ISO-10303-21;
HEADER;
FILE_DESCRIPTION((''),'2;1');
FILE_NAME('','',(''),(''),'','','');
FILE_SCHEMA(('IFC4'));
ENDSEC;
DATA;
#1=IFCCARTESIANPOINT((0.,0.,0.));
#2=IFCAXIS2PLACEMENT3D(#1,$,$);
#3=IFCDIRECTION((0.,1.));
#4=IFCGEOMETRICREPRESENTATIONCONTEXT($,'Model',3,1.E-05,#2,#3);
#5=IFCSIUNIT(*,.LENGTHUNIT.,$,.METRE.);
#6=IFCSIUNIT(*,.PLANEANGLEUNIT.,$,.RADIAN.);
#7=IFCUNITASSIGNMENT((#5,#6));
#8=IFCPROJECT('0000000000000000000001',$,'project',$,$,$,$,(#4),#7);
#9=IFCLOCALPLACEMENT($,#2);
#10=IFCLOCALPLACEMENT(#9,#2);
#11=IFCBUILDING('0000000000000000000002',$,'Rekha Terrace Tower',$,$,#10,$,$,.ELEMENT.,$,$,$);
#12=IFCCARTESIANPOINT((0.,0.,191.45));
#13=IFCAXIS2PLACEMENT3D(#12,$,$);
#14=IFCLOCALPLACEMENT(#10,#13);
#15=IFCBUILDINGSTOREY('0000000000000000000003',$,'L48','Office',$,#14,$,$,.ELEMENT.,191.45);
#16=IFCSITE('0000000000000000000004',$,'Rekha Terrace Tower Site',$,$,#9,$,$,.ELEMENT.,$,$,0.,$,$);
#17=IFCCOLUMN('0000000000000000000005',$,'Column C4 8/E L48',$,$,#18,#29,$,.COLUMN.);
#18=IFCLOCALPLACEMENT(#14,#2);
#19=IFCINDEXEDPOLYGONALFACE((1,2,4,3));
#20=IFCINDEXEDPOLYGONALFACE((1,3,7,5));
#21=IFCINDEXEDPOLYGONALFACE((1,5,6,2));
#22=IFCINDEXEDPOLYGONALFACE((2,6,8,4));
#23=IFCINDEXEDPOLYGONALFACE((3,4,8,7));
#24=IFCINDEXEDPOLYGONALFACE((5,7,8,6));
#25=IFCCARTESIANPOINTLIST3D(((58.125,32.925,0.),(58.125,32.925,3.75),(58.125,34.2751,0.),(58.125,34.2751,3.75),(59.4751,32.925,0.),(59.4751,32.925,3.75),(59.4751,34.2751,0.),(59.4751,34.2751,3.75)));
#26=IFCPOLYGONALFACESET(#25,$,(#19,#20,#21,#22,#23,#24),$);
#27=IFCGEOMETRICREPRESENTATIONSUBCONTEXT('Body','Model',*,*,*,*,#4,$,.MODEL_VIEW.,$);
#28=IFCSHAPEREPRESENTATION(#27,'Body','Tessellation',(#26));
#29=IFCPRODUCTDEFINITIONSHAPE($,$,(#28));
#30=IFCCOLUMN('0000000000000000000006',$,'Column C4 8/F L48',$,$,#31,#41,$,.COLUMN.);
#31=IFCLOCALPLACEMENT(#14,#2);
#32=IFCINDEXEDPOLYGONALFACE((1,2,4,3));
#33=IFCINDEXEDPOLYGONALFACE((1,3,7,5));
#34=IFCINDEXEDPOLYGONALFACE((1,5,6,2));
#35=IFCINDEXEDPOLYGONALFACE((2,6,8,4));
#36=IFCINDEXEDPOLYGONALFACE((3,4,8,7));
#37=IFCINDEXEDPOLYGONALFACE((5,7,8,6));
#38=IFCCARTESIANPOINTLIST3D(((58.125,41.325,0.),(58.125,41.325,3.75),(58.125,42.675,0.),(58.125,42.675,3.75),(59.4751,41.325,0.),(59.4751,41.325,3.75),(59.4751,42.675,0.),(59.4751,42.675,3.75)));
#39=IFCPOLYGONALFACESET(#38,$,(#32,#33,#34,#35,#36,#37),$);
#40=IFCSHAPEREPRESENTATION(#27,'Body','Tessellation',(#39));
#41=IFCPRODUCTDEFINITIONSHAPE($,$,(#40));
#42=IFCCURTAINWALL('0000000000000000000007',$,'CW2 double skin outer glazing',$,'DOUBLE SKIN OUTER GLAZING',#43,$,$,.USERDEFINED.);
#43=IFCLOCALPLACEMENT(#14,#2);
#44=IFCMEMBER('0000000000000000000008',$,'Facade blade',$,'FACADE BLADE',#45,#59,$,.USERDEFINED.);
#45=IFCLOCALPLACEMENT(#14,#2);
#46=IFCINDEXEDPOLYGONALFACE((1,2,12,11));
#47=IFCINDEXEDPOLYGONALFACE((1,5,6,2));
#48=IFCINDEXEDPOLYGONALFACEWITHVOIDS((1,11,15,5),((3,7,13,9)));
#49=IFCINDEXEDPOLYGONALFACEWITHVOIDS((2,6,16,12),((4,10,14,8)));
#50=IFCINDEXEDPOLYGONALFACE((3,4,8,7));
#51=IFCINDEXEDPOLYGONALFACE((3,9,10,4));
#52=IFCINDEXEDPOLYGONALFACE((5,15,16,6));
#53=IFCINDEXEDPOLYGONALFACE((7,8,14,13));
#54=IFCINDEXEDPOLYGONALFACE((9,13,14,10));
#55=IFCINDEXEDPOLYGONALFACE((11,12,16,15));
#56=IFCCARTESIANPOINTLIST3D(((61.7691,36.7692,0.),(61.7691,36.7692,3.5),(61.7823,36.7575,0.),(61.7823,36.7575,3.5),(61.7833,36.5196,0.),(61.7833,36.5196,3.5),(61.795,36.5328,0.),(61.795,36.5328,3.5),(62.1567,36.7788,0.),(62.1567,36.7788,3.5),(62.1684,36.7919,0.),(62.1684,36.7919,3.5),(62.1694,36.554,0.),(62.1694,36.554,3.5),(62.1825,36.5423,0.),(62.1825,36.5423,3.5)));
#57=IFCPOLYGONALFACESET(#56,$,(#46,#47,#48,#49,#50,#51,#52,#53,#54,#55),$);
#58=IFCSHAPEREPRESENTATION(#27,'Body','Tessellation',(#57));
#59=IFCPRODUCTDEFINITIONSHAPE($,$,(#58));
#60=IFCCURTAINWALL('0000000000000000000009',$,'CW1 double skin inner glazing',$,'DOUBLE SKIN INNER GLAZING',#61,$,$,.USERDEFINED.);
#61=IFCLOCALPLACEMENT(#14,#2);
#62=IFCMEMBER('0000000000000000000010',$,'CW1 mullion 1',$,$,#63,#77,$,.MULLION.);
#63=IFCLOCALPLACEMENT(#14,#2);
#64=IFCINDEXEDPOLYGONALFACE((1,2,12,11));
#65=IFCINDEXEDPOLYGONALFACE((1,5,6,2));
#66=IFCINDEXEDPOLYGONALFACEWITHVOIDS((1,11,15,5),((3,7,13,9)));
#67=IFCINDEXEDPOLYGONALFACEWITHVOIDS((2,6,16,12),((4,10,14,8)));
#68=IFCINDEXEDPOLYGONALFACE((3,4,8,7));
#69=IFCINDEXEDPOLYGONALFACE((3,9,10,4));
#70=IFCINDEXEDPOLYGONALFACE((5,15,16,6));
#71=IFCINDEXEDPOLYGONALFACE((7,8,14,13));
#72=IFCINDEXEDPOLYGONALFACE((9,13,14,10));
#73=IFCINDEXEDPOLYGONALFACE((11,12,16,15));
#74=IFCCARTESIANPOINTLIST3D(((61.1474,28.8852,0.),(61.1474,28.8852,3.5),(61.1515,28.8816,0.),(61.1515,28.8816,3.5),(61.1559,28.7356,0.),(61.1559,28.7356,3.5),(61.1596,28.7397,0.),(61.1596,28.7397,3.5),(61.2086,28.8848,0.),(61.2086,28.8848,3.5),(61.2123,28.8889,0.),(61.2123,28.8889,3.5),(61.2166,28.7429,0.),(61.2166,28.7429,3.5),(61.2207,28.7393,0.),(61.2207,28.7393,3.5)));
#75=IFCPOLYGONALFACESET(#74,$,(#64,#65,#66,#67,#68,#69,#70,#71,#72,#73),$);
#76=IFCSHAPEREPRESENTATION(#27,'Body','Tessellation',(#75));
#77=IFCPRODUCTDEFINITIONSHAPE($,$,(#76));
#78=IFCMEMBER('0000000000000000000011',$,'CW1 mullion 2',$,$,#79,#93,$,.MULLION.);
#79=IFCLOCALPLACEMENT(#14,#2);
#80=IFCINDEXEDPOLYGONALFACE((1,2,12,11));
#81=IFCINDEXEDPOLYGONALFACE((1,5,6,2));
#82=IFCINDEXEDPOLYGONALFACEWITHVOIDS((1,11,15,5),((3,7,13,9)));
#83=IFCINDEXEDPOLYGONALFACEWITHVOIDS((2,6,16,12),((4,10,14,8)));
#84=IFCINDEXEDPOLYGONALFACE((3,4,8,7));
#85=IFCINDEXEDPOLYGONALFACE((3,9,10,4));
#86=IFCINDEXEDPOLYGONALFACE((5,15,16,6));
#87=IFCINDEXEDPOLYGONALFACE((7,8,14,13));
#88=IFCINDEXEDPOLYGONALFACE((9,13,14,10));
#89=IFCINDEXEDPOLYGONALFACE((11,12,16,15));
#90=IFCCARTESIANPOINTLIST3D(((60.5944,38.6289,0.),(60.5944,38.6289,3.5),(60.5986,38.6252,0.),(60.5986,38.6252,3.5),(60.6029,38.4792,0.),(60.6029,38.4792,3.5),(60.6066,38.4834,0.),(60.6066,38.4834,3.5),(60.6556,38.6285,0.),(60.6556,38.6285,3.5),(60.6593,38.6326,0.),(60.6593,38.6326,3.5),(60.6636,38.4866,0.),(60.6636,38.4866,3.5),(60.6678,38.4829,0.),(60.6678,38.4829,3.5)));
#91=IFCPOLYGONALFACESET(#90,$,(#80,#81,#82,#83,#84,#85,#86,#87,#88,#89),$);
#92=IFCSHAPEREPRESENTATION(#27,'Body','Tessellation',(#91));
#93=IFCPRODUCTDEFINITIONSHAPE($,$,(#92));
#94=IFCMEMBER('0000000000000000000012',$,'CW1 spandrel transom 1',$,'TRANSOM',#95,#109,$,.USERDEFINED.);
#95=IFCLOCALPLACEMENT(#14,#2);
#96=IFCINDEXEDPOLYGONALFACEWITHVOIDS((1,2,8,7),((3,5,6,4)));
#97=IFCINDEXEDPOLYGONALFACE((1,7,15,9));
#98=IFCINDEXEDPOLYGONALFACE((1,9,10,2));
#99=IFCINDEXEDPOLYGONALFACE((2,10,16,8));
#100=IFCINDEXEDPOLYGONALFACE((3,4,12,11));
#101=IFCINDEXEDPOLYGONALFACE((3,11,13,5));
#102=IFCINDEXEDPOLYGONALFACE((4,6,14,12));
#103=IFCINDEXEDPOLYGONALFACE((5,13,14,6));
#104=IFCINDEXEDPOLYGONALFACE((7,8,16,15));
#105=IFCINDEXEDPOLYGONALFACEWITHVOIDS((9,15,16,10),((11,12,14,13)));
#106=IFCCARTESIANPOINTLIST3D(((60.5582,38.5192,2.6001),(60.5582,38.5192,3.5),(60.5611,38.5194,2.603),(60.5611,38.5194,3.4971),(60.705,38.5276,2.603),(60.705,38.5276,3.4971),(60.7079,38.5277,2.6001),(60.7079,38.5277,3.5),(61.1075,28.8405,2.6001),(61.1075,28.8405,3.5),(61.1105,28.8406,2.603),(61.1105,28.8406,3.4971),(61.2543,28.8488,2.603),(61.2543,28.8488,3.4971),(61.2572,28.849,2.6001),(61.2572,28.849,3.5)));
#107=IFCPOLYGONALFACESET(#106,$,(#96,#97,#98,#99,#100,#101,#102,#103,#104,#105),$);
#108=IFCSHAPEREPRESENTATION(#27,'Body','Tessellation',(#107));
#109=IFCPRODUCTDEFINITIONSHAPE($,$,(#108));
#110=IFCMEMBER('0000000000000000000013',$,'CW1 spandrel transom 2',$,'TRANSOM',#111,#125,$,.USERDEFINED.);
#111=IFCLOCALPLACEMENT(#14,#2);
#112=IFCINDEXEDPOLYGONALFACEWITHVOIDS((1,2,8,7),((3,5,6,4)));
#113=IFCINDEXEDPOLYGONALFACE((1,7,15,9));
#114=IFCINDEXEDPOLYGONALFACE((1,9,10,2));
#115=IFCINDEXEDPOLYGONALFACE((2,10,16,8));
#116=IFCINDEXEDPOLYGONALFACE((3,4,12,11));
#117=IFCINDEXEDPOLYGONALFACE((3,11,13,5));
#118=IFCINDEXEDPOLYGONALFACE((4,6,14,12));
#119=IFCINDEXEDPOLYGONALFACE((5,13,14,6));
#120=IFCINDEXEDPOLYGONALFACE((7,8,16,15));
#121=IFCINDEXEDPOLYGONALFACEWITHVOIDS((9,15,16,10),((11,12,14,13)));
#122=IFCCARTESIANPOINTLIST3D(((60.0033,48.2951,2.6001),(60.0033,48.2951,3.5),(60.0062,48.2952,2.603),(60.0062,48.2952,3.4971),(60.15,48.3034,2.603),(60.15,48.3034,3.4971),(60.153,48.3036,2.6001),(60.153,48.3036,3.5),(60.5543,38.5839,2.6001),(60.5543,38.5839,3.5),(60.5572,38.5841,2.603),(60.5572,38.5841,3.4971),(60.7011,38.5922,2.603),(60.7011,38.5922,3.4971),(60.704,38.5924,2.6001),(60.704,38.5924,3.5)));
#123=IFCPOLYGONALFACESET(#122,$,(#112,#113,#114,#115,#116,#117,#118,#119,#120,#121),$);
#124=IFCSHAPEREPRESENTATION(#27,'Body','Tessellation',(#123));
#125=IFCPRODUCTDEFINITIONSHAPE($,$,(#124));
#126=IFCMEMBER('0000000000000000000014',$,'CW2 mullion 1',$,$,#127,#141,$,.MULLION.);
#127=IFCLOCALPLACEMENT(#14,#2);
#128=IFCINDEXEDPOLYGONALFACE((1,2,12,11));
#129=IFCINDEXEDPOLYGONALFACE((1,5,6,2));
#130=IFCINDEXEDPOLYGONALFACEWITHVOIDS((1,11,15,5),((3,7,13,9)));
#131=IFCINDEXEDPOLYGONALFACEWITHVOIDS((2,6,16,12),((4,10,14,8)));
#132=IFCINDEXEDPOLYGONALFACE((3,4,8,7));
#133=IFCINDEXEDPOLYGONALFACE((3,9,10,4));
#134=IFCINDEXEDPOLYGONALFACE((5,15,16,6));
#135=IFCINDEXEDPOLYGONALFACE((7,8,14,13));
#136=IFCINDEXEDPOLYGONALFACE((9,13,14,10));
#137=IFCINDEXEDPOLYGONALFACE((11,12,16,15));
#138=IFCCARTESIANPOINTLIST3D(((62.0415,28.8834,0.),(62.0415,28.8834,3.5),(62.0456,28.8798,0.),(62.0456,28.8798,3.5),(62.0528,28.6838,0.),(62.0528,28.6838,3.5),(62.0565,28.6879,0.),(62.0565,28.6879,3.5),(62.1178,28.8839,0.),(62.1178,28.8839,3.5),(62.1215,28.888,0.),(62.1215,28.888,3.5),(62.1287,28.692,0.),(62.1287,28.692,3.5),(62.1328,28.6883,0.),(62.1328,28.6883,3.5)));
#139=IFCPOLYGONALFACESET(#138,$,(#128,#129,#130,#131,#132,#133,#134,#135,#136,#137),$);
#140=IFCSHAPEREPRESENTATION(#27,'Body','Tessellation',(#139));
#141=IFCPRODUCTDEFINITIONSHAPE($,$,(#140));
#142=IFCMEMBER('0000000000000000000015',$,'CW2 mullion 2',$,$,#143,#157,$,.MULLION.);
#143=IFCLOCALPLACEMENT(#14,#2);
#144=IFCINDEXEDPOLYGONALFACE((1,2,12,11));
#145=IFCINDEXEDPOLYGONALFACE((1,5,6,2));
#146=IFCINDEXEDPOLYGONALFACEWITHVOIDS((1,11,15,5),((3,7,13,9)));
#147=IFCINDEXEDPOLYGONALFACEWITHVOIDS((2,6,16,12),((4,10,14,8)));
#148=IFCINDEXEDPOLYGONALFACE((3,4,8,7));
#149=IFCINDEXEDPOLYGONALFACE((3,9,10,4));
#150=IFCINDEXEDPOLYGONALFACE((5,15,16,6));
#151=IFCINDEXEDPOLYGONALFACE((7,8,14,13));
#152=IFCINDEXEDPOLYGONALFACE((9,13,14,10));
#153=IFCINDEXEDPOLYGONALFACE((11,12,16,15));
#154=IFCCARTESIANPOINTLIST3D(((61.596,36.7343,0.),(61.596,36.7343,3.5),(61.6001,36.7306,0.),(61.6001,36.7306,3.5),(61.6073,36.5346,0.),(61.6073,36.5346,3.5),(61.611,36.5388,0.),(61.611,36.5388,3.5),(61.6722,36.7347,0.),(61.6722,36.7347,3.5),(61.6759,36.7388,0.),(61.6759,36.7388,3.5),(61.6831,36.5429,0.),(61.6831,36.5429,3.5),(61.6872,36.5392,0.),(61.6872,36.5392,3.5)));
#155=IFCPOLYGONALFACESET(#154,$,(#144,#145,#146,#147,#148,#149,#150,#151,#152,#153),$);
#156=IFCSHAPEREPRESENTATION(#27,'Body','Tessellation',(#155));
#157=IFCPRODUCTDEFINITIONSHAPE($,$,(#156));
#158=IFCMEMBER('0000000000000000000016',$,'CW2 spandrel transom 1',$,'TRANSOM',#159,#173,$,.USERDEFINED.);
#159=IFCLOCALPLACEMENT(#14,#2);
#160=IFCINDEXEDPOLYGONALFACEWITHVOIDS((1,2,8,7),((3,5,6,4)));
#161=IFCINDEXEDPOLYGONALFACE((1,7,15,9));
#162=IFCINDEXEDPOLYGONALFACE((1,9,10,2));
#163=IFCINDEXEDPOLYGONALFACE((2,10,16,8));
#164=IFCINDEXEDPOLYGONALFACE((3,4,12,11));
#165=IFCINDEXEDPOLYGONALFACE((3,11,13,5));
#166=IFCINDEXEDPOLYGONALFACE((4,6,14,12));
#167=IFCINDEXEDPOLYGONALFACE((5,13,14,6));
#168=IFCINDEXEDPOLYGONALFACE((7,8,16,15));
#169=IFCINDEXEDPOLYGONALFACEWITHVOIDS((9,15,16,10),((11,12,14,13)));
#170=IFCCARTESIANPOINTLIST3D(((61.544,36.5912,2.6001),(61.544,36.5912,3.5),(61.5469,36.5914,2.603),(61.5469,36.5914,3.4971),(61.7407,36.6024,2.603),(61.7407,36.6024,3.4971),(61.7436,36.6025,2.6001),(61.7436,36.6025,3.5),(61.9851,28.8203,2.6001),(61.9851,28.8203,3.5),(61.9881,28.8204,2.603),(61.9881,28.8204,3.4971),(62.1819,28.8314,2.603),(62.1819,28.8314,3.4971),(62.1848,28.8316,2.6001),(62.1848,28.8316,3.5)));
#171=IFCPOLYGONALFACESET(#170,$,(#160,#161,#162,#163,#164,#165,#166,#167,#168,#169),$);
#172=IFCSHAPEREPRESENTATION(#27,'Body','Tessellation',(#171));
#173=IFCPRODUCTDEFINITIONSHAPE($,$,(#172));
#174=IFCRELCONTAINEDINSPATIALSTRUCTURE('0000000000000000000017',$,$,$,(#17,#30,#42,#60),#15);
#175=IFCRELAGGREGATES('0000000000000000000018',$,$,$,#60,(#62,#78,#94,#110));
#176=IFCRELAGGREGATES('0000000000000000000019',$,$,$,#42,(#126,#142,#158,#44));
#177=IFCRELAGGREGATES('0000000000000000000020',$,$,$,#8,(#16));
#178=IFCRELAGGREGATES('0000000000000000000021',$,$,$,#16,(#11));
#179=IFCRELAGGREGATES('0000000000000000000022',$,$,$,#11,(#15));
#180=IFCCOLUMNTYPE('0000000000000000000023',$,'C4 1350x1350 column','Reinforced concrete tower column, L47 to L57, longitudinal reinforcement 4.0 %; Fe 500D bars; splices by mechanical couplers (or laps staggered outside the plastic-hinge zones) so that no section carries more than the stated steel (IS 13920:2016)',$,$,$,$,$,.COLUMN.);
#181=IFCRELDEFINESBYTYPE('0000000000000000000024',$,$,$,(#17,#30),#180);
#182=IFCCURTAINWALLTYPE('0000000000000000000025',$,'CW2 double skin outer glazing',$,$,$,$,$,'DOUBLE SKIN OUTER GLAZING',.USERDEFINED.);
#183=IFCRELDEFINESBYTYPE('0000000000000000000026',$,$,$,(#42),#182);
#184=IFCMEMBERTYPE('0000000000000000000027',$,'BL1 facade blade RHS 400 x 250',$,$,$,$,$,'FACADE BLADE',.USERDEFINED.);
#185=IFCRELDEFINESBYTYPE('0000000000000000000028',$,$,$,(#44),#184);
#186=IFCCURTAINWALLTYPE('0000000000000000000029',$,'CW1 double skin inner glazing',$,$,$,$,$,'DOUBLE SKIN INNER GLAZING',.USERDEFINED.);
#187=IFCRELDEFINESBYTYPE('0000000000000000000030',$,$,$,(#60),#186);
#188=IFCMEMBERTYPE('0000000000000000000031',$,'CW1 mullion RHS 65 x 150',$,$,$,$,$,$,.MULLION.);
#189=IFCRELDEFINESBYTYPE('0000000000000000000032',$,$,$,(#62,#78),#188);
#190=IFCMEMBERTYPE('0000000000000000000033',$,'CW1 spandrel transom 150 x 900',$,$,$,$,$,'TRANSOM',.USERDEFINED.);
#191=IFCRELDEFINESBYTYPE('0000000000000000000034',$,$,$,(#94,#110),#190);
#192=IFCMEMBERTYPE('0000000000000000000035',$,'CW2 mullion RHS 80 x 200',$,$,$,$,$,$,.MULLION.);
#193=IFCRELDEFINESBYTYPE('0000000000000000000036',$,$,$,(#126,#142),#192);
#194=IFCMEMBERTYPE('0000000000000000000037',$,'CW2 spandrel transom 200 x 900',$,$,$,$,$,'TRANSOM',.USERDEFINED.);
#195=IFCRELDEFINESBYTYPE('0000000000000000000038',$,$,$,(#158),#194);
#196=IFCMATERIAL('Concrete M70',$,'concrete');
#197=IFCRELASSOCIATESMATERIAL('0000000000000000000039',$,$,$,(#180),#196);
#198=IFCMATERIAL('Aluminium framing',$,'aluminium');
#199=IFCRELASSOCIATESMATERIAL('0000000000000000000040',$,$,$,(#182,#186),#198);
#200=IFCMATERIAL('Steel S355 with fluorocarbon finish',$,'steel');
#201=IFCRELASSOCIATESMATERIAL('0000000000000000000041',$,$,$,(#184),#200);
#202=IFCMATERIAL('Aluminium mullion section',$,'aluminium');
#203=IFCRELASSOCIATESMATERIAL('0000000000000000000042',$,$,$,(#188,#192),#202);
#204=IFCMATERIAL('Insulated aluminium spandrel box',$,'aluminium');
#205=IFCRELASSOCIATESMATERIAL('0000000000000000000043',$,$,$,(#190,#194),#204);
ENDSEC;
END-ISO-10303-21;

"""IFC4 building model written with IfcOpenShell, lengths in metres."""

from ifc_helpers import new_model, si_unit, direction, frame, origin, origin_2d, place, context, subcontext, project, spatial, rectangle, hollow_rectangle, extrude, material, material_profile, profile_set, type_object, element, aggregate, save


model = new_model("IFC4")

# Units and contexts
model_context = context("Model", 3, precision=1e-05, world=origin(), true_north=direction((0.0, 1.0)))
body_context = subcontext(model_context, "Body", "Model", "MODEL_VIEW")
ifc_project = project(units=[si_unit("LENGTHUNIT", "METRE"), si_unit("PLANEANGLEUNIT", "RADIAN")], contexts=[model_context])

# Site, building, storey
site_placement = place(None, origin())
site = spatial("IfcSite", under=ifc_project, at=site_placement, Name="Rekha Terrace Tower Site", CompositionType="ELEMENT", RefElevation=0.0)
building_placement = place(site_placement, origin())
building = spatial("IfcBuilding", under=site, at=building_placement, Name="Rekha Terrace Tower", CompositionType="ELEMENT")
storey_placement = place(building_placement, frame((0.0, 0.0, 191.45)))
storey = spatial("IfcBuildingStorey", under=building, at=storey_placement, Name="L48", Description="Office", CompositionType="ELEMENT", Elevation=191.45)

# Columns
ifc_material_1 = material(Name="Concrete M70", Category="concrete")
ifc_material_profile_1 = material_profile(ifc_material_1, rectangle(XDim=1.3501, YDim=1.3501, at=origin_2d()), Name="RC 1350x1350")
ifc_profile_set_1 = profile_set([ifc_material_profile_1], Name="Concrete M70")
column_type = type_object("IfcColumnType", Name="C4 1350x1350 column", Description="Reinforced concrete tower column, L47 to L57, longitudinal reinforcement 4.0 %; Fe 500D bars; splices by mechanical couplers (or laps staggered outside the plastic-hinge zones) so that no section carries more than the stated steel (IS 13920:2016)", PredefinedType="COLUMN", material=ifc_profile_set_1)
for number, where, z_axis, x_axis, name in (
    (1, (58.8, 33.6001, 0.0), (0.0, 0.0, 1.0), (1.0, 0.0, 0.0), "Column C4 8/E L48"),
    (2, (58.8, 42.0, 0.0), (0.0, 0.0, 1.0), (1.0, 0.0, 0.0), "Column C4 8/F L48"),
):
    element("IfcColumn", number, at=place(storey_placement, frame(where, z_axis=z_axis, x_axis=x_axis)), inside=storey, type_object=column_type, Name=name, PredefinedType="COLUMN", context=body_context, shape_type="SweptSolid", body=[
        extrude(rectangle(XDim=1.3501, YDim=1.3501, at=origin_2d()), origin(), (0.0, 0.0, 1.0), 3.75),
    ])

# Curtain wall, member
ifc_material_2 = material(Name="Aluminium framing", Category="aluminium")
curtain_wall_type_1 = type_object("IfcCurtainWallType", Name="CW2 double skin outer glazing", ElementType="DOUBLE SKIN OUTER GLAZING", PredefinedType="USERDEFINED", material=ifc_material_2)
curtain_wall_1_placement = place(storey_placement, origin())
curtain_wall_1 = element("IfcCurtainWall", 3, at=curtain_wall_1_placement, inside=storey, type_object=curtain_wall_type_1, Name="CW2 double skin outer glazing", ObjectType="DOUBLE SKIN OUTER GLAZING", PredefinedType="USERDEFINED")
ifc_material_3 = material(Name="Steel S355 with fluorocarbon finish", Category="steel")
ifc_material_profile_2 = material_profile(ifc_material_3, hollow_rectangle(XDim=0.25, YDim=0.3999, WallThickness=0.0125, at=origin_2d()), Name="RHS400x250x12.5")
ifc_profile_set_2 = profile_set([ifc_material_profile_2], Name="Steel S355 with fluorocarbon finish")
member_type_1 = type_object("IfcMemberType", Name="BL1 facade blade RHS 400 x 250", ElementType="FACADE BLADE", PredefinedType="USERDEFINED", material=ifc_profile_set_2)
member_1_placement = place(storey_placement, frame((61.9758, 36.6558, 0.0), z_axis=(0.0, 0.0, 1.0), x_axis=(-0.056674, 0.998393, 0.0)))
member_1 = element("IfcMember", 4, at=member_1_placement, type_object=member_type_1, Name="Facade blade", ObjectType="FACADE BLADE", PredefinedType="USERDEFINED", context=body_context, shape_type="SweptSolid", body=[
    extrude(hollow_rectangle(XDim=0.25, YDim=0.3999, WallThickness=0.0125, at=origin_2d()), origin(), (0.0, 0.0, 1.0), 3.5),
])

# Curtain wall, members
curtain_wall_type_2 = type_object("IfcCurtainWallType", Name="CW1 double skin inner glazing", ElementType="DOUBLE SKIN INNER GLAZING", PredefinedType="USERDEFINED", material=ifc_material_2)
curtain_wall_2_placement = place(storey_placement, origin())
curtain_wall_2 = element("IfcCurtainWall", 5, at=curtain_wall_2_placement, inside=storey, type_object=curtain_wall_type_2, Name="CW1 double skin inner glazing", ObjectType="DOUBLE SKIN INNER GLAZING", PredefinedType="USERDEFINED")
ifc_material_4 = material(Name="Aluminium mullion section", Category="aluminium")
ifc_material_profile_3 = material_profile(ifc_material_4, hollow_rectangle(XDim=0.0649, YDim=0.1499, WallThickness=0.0039, at=origin_2d()), Name="AL RHS 65x150")
ifc_profile_set_3 = profile_set([ifc_material_profile_3], Name="Aluminium mullion section")
member_type_2 = type_object("IfcMemberType", Name="CW1 mullion RHS 65 x 150", PredefinedType="MULLION", material=ifc_profile_set_3)
member_2_placement = place(storey_placement, frame((61.1841, 28.8123, 0.0), z_axis=(0.0, 0.0, 1.0), x_axis=(-0.998393, -0.056673, 0.0)))
member_2 = element("IfcMember", 6, at=member_2_placement, type_object=member_type_2, Name="CW1 mullion 1", PredefinedType="MULLION", context=body_context, shape_type="SweptSolid", body=[
    extrude(hollow_rectangle(XDim=0.0649, YDim=0.1499, WallThickness=0.0039, at=origin_2d()), origin(), (0.0, 0.0, 1.0), 3.5),
])
member_3_placement = place(storey_placement, frame((60.6311, 38.5559, 0.0), z_axis=(0.0, 0.0, 1.0), x_axis=(-0.998393, -0.056673, 0.0)))
member_3 = element("IfcMember", 7, at=member_3_placement, type_object=member_type_2, Name="CW1 mullion 2", PredefinedType="MULLION", context=body_context, shape_type="SweptSolid", body=[
    extrude(hollow_rectangle(XDim=0.0649, YDim=0.1499, WallThickness=0.0039, at=origin_2d()), origin(), (0.0, 0.0, 1.0), 3.5),
])
ifc_material_5 = material(Name="Insulated aluminium spandrel box", Category="aluminium")
ifc_material_profile_4 = material_profile(ifc_material_5, hollow_rectangle(XDim=0.1499, YDim=0.8999, WallThickness=0.0029, at=origin_2d()), Name="AL SPANDREL BOX 150x900")
ifc_profile_set_4 = profile_set([ifc_material_profile_4], Name="Insulated aluminium spandrel box")
member_type_3 = type_object("IfcMemberType", Name="CW1 spandrel transom 150 x 900", ElementType="TRANSOM", PredefinedType="USERDEFINED", material=ifc_profile_set_4)
member_4_placement = place(storey_placement, frame((61.1824, 28.8447, 3.05), z_axis=(-0.056664, 0.998393, 0.0), x_axis=(-0.998393, -0.056664, 0.0)))
member_4 = element("IfcMember", 8, at=member_4_placement, type_object=member_type_3, Name="CW1 spandrel transom 1", ObjectType="TRANSOM", PredefinedType="USERDEFINED", context=body_context, shape_type="SweptSolid", body=[
    extrude(hollow_rectangle(XDim=0.1499, YDim=0.8999, WallThickness=0.0029, at=origin_2d()), origin(), (0.0, 0.0, 1.0), 9.6943),
])
member_5_placement = place(storey_placement, frame((60.6292, 38.5881, 3.05), z_axis=(-0.05665, 0.998394, 0.0), x_axis=(-0.998394, -0.05665, 0.0)))
member_5 = element("IfcMember", 9, at=member_5_placement, type_object=member_type_3, Name="CW1 spandrel transom 2", ObjectType="TRANSOM", PredefinedType="USERDEFINED", context=body_context, shape_type="SweptSolid", body=[
    extrude(hollow_rectangle(XDim=0.1499, YDim=0.8999, WallThickness=0.0029, at=origin_2d()), origin(), (0.0, 0.0, 1.0), 9.7268),
])

# Members
ifc_material_profile_5 = material_profile(ifc_material_4, hollow_rectangle(XDim=0.0801, YDim=0.2, WallThickness=0.0039, at=origin_2d()), Name="AL RHS 80x200")
ifc_profile_set_5 = profile_set([ifc_material_profile_5], Name="Aluminium mullion section")
member_type_4 = type_object("IfcMemberType", Name="CW2 mullion RHS 80 x 200", PredefinedType="MULLION", material=ifc_profile_set_5)
member_6_placement = place(storey_placement, frame((62.0872, 28.7859, 0.0), z_axis=(0.0, 0.0, 1.0), x_axis=(-0.998393, -0.056673, 0.0)))
member_6 = element("IfcMember", 10, at=member_6_placement, type_object=member_type_4, Name="CW2 mullion 1", PredefinedType="MULLION", context=body_context, shape_type="SweptSolid", body=[
    extrude(hollow_rectangle(XDim=0.0801, YDim=0.2, WallThickness=0.0039, at=origin_2d()), origin(), (0.0, 0.0, 1.0), 3.5),
])
member_7_placement = place(storey_placement, frame((61.6416, 36.6367, 0.0), z_axis=(0.0, 0.0, 1.0), x_axis=(-0.998393, -0.056673, 0.0)))
member_7 = element("IfcMember", 11, at=member_7_placement, type_object=member_type_4, Name="CW2 mullion 2", PredefinedType="MULLION", context=body_context, shape_type="SweptSolid", body=[
    extrude(hollow_rectangle(XDim=0.0801, YDim=0.2, WallThickness=0.0039, at=origin_2d()), origin(), (0.0, 0.0, 1.0), 3.5),
])
ifc_material_profile_6 = material_profile(ifc_material_5, hollow_rectangle(XDim=0.2, YDim=0.8999, WallThickness=0.0029, at=origin_2d()), Name="AL SPANDREL BOX 200x900")
ifc_profile_set_6 = profile_set([ifc_material_profile_6], Name="Insulated aluminium spandrel box")
member_type_5 = type_object("IfcMemberType", Name="CW2 spandrel transom 200 x 900", ElementType="TRANSOM", PredefinedType="USERDEFINED", material=ifc_profile_set_6)
member_8_placement = place(storey_placement, frame((62.085, 28.8259, 3.05), z_axis=(-0.056679, 0.998392, 0.0), x_axis=(-0.998392, -0.056679, 0.0)))
member_8 = element("IfcMember", 12, at=member_8_placement, type_object=member_type_5, Name="CW2 spandrel transom 1", ObjectType="TRANSOM", PredefinedType="USERDEFINED", context=body_context, shape_type="SweptSolid", body=[
    extrude(hollow_rectangle(XDim=0.2, YDim=0.8999, WallThickness=0.0029, at=origin_2d()), origin(), (0.0, 0.0, 1.0), 7.7834),
])

aggregate(curtain_wall_2, [member_2, member_3, member_4, member_5])
aggregate(curtain_wall_1, [member_6, member_7, member_8, member_1])

save(model, "model.ifc")
